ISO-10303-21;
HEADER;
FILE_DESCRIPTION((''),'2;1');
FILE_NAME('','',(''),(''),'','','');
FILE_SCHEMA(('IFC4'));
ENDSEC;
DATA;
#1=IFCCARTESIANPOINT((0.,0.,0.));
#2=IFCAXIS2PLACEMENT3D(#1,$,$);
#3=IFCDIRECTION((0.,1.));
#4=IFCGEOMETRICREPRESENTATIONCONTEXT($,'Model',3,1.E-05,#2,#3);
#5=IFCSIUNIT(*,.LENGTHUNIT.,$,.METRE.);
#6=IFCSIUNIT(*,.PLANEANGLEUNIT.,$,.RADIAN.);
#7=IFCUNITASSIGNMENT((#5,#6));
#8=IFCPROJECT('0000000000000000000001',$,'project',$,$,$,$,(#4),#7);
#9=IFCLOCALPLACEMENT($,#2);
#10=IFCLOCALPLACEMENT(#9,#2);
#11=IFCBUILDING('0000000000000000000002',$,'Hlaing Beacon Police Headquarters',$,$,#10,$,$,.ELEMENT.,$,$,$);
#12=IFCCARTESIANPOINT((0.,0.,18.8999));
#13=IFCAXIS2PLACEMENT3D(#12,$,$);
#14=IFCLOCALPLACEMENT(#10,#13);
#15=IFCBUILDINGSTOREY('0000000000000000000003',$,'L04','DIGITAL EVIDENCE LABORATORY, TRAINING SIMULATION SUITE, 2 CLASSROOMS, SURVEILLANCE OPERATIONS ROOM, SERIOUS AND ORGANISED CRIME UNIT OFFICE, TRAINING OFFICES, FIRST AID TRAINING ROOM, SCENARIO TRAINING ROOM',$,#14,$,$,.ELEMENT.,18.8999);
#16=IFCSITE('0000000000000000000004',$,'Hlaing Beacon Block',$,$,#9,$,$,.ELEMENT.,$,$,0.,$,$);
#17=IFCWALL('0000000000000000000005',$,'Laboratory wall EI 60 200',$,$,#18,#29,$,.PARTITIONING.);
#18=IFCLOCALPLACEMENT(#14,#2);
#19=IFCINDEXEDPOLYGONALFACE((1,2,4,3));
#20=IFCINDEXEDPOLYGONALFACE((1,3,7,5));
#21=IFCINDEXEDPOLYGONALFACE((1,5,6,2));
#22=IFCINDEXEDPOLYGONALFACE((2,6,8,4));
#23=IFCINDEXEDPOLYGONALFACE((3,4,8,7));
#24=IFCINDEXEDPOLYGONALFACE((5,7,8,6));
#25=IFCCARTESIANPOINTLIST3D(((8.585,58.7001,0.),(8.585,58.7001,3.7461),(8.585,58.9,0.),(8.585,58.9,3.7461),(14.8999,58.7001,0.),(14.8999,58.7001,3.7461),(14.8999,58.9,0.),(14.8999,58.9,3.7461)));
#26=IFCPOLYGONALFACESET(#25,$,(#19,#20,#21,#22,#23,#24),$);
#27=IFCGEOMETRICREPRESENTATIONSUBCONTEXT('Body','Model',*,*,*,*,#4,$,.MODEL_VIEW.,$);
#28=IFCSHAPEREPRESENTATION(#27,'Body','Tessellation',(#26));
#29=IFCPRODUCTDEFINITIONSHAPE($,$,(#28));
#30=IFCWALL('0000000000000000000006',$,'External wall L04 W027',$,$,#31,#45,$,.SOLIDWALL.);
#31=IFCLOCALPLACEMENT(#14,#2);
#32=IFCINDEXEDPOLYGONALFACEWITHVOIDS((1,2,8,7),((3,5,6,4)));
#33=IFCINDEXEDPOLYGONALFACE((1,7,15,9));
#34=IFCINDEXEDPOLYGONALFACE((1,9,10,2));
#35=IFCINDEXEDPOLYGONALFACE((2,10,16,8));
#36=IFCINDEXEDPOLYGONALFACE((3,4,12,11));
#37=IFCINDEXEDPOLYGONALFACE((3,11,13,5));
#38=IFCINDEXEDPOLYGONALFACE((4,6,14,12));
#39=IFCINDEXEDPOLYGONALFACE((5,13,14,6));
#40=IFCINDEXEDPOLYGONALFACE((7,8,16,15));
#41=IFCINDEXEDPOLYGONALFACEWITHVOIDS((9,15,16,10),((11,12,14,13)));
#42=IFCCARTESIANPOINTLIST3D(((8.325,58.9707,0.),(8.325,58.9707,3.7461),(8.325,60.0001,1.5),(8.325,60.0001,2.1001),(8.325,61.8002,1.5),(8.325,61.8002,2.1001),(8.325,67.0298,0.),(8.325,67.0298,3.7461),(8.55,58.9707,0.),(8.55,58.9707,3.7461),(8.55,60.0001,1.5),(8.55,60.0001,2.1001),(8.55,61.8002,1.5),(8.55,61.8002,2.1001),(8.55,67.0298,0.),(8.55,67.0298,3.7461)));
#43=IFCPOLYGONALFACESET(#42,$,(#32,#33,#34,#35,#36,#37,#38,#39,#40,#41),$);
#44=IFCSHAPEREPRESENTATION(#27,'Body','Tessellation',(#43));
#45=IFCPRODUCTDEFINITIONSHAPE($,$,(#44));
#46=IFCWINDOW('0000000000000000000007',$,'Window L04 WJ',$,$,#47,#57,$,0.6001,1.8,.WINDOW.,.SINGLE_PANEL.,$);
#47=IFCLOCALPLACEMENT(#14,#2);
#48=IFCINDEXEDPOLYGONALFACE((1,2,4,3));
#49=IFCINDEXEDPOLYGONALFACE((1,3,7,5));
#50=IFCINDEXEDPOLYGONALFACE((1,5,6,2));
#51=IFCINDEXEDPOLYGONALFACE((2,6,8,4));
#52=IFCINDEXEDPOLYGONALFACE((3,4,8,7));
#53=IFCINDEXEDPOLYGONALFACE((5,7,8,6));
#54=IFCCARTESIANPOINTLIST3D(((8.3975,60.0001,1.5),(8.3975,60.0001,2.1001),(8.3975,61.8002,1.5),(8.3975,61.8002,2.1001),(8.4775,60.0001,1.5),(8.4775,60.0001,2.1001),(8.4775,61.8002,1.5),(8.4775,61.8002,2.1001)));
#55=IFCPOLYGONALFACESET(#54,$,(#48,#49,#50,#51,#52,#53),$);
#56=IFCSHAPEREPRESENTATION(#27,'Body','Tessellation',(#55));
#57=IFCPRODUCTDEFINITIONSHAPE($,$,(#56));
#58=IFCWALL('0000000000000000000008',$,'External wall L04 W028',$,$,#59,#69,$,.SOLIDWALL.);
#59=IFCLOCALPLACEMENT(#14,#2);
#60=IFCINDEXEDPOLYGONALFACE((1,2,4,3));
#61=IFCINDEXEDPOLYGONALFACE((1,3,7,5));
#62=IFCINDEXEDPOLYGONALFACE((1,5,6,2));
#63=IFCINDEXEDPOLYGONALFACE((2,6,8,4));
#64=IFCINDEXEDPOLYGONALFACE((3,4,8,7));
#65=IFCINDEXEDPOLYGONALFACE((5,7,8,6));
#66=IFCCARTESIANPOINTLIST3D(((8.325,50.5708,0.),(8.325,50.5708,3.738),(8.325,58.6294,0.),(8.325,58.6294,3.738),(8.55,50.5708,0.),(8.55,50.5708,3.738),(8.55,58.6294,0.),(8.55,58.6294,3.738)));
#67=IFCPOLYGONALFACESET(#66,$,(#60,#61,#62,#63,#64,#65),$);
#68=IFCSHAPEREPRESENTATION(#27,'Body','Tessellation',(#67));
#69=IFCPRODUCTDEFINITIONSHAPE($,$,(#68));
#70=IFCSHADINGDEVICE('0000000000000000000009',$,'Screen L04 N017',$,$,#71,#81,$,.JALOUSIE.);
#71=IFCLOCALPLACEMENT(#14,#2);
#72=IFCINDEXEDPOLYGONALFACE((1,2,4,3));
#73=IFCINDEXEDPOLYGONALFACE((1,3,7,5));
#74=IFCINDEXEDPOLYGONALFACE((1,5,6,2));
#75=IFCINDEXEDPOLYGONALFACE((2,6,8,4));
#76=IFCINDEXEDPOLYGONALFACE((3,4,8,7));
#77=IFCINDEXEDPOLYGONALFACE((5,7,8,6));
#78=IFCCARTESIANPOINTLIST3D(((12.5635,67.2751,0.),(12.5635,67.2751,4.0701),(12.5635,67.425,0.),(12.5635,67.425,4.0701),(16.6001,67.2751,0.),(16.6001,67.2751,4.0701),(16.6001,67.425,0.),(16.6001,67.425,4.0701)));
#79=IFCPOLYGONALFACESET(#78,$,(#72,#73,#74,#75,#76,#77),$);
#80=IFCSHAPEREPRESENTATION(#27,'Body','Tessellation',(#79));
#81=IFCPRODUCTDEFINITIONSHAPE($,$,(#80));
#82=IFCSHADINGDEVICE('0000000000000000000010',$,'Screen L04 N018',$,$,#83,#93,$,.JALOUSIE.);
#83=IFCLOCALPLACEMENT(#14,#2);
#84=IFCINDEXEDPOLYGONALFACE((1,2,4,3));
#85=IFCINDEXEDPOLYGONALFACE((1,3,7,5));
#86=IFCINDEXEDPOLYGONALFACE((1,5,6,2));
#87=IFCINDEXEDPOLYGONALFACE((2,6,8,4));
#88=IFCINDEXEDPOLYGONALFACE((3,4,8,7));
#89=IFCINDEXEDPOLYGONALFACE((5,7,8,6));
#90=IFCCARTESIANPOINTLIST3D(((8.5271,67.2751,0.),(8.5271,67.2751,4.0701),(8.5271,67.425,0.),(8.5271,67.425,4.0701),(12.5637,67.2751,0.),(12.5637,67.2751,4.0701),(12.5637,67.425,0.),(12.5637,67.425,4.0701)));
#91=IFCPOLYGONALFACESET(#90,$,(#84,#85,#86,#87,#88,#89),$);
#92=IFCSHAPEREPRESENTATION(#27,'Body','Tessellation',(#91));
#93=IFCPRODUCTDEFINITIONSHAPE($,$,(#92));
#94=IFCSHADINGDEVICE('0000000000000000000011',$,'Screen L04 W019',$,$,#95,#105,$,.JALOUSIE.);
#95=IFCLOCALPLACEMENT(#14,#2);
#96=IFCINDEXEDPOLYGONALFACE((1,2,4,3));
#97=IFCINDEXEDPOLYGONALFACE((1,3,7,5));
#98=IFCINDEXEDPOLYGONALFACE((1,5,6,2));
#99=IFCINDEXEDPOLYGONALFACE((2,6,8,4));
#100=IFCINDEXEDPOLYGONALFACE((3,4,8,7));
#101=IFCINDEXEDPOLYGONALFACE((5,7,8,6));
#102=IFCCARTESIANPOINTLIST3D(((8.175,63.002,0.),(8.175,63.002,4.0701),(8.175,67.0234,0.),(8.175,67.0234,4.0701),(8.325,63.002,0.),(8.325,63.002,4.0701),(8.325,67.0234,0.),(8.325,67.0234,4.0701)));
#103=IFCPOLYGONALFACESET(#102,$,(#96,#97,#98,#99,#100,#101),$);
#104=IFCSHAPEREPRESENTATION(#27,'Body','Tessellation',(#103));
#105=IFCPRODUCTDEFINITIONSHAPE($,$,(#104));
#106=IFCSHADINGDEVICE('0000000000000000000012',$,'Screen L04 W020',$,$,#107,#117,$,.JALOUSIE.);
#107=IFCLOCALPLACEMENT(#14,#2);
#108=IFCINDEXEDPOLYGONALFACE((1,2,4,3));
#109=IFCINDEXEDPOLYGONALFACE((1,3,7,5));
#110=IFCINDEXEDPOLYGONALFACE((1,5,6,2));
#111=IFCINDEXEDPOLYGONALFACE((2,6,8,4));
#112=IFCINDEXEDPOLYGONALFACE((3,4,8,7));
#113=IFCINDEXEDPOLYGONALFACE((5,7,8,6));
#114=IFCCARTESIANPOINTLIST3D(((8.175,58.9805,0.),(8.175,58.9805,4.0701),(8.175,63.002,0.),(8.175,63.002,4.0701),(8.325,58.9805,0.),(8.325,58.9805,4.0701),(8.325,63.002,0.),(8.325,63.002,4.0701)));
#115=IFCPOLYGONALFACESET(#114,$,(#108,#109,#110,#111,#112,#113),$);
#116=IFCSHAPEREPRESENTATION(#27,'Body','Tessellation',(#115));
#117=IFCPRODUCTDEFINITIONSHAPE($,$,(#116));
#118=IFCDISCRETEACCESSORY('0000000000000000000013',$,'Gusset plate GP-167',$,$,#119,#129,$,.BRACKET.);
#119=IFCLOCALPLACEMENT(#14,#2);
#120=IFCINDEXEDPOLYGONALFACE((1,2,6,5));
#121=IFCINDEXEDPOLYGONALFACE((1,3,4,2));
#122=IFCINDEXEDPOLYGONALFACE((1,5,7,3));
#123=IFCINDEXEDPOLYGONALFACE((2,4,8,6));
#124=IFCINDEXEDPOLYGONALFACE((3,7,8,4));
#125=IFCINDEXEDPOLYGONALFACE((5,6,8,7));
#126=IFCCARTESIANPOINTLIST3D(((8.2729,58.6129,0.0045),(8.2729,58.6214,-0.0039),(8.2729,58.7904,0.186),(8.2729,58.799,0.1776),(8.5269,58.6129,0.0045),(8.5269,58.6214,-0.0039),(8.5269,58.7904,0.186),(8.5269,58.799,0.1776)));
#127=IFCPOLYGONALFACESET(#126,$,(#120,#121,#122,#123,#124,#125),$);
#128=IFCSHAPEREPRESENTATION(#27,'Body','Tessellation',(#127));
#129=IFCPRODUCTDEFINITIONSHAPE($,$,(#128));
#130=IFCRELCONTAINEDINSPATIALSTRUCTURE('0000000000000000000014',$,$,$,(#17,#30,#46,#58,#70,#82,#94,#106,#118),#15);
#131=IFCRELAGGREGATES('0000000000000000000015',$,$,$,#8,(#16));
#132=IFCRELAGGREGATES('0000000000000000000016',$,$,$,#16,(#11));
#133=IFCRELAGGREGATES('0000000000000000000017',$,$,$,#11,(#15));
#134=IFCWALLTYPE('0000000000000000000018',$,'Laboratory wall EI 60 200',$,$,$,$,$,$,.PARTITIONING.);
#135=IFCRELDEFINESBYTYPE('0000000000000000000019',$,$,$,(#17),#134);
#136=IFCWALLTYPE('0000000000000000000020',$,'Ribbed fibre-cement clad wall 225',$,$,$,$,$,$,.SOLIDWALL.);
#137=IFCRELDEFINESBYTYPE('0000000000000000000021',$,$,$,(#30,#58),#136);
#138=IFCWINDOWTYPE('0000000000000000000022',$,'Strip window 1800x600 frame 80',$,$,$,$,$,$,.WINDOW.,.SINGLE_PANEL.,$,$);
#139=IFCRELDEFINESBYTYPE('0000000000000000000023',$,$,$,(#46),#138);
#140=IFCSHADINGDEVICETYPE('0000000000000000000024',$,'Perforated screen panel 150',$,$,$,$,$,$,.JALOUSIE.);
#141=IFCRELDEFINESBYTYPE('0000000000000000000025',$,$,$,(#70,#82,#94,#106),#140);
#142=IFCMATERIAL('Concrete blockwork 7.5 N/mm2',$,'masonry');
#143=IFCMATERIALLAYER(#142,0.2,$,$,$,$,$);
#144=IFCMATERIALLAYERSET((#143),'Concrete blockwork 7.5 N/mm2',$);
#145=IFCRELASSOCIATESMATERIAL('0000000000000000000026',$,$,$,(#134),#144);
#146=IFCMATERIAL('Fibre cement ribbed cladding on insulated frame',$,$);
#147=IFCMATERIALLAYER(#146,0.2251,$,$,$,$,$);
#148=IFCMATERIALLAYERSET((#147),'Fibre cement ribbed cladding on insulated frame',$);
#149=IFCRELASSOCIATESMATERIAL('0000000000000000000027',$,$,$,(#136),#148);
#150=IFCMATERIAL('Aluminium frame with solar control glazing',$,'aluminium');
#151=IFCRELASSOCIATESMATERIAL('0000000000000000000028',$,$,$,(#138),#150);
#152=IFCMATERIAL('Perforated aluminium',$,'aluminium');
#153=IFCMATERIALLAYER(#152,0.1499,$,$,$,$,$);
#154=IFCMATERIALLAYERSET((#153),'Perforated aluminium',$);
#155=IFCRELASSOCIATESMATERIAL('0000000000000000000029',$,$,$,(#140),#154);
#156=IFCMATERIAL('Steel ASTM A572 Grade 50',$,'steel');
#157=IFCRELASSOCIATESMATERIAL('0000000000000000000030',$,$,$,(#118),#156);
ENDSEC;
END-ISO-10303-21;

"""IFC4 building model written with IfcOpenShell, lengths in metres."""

from ifc_helpers import new_model, si_unit, direction, frame, frame_2d, origin, origin_2d, place, context, subcontext, project, spatial, rectangle, extrude, material, layer, layer_set, type_object, element, fill, save


model = new_model("IFC4")

# Units and contexts
model_context = context("Model", 3, precision=1e-05, world=origin(), true_north=direction((0.0, 1.0)))
body_context = subcontext(model_context, "Body", "Model", "MODEL_VIEW")
ifc_project = project(units=[si_unit("LENGTHUNIT", "METRE"), si_unit("PLANEANGLEUNIT", "RADIAN")], contexts=[model_context])

# Site, building, storey
site_placement = place(None, origin())
site = spatial("IfcSite", under=ifc_project, at=site_placement, Name="Hlaing Beacon Block", CompositionType="ELEMENT", RefElevation=0.0)
building_placement = place(site_placement, origin())
building = spatial("IfcBuilding", under=site, at=building_placement, Name="Hlaing Beacon Police Headquarters", CompositionType="ELEMENT")
storey_placement = place(building_placement, frame((0.0, 0.0, 18.8999)))
storey = spatial("IfcBuildingStorey", under=building, at=storey_placement, Name="L04", Description="DIGITAL EVIDENCE LABORATORY, TRAINING SIMULATION SUITE, 2 CLASSROOMS, SURVEILLANCE OPERATIONS ROOM, SERIOUS AND ORGANISED CRIME UNIT OFFICE, TRAINING OFFICES, FIRST AID TRAINING ROOM, SCENARIO TRAINING ROOM", CompositionType="ELEMENT", Elevation=18.8999)

# Wall
ifc_material_1 = material(Name="Concrete blockwork 7.5 N/mm2", Category="masonry")
ifc_layer_1 = layer(ifc_material_1, 0.2)
ifc_layer_set_1 = layer_set([ifc_layer_1], Name="Concrete blockwork 7.5 N/mm2")
wall_type_1 = type_object("IfcWallType", Name="Laboratory wall EI 60 200", PredefinedType="PARTITIONING", material=ifc_layer_set_1)
wall_1_placement = place(storey_placement, frame((8.585, 58.8, 0.0), z_axis=(0.0, 0.0, 1.0), x_axis=(1.0, 0.0, 0.0)))
element("IfcWall", 1, at=wall_1_placement, inside=storey, type_object=wall_type_1, Name="Laboratory wall EI 60 200", PredefinedType="PARTITIONING", context=body_context, shape_type="SweptSolid", body=[
    extrude(rectangle(XDim=6.3149, YDim=0.2, at=frame_2d((3.1575, 0.0))), origin(), (0.0, 0.0, 1.0), 3.7461),
])

# Wall, opening, window
ifc_material_2 = material(Name="Fibre cement ribbed cladding on insulated frame")
ifc_layer_2 = layer(ifc_material_2, 0.2251)
ifc_layer_set_2 = layer_set([ifc_layer_2], Name="Fibre cement ribbed cladding on insulated frame")
wall_type_2 = type_object("IfcWallType", Name="Ribbed fibre-cement clad wall 225", PredefinedType="SOLIDWALL", material=ifc_layer_set_2)
wall_2_placement = place(storey_placement, frame((8.4375, 67.0298, 0.0), z_axis=(0.0, 0.0, 1.0), x_axis=(0.0, -1.0, 0.0)))
wall_2 = element("IfcWall", 2, at=wall_2_placement, inside=storey, type_object=wall_type_2, Name="External wall L04 W027", PredefinedType="SOLIDWALL", context=body_context, shape_type="SweptSolid", body=[
    extrude(rectangle(XDim=8.0591, YDim=0.2251, at=frame_2d((4.0295, 0.0))), origin(), (0.0, 0.0, 1.0), 3.7461),
])
opening_placement = place(wall_2_placement, frame((5.2297, 0.0, 1.5)))
opening = element("IfcOpeningElement", 3, at=opening_placement, cuts=wall_2, PredefinedType="OPENING", context=body_context, shape_type="SweptSolid", body=[
    extrude(rectangle(XDim=1.8, YDim=0.6001, at=frame_2d((0.8999, 0.3))), frame((0.0, 0.1226, 0.0), z_axis=(0.0, -1.0, 0.0), x_axis=(1.0, 0.0, 0.0)), (0.0, 0.0, 1.0), 0.2451),
])
ifc_material_3 = material(Name="Aluminium frame with solar control glazing", Category="aluminium")
window_type = type_object("IfcWindowType", Name="Strip window 1800x600 frame 80", PartitioningType="SINGLE_PANEL", PredefinedType="WINDOW", material=ifc_material_3)
window_placement = place(opening_placement, origin())
window = element("IfcWindow", 4, at=window_placement, inside=storey, type_object=window_type, Name="Window L04 WJ", OverallHeight=0.6001, OverallWidth=1.8, PartitioningType="SINGLE_PANEL", PredefinedType="WINDOW", context=body_context, shape_type="SweptSolid", body=[
    extrude(rectangle(XDim=1.8, YDim=0.6001, at=frame_2d((0.8999, 0.3))), frame((0.0, 0.04, 0.0), z_axis=(0.0, -1.0, 0.0), x_axis=(1.0, 0.0, 0.0)), (0.0, 0.0, 1.0), 0.0801),
])
fill(opening, window)

# Wall
wall_3_placement = place(storey_placement, frame((8.4375, 58.6294, 0.0), z_axis=(0.0, 0.0, 1.0), x_axis=(0.0, -1.0, 0.0)))
element("IfcWall", 5, at=wall_3_placement, inside=storey, type_object=wall_type_2, Name="External wall L04 W028", PredefinedType="SOLIDWALL", context=body_context, shape_type="SweptSolid", body=[
    extrude(rectangle(XDim=8.0586, YDim=0.2251, at=frame_2d((4.0293, 0.0))), origin(), (0.0, 0.0, 1.0), 3.738),
])

# Shading devices
ifc_material_4 = material(Name="Perforated aluminium", Category="aluminium")
ifc_layer_3 = layer(ifc_material_4, 0.1499)
ifc_layer_set_3 = layer_set([ifc_layer_3], Name="Perforated aluminium")
shading_device_type = type_object("IfcShadingDeviceType", Name="Perforated screen panel 150", PredefinedType="JALOUSIE", material=ifc_layer_set_3)
for number, where, z_axis, x_axis, name in (
    (6, (14.5818, 67.3501, 0.0), (0.0, 0.0, 1.0), (-1.0, 0.0, 0.0), "Screen L04 N017"),
    (7, (10.5454, 67.3501, 0.0), (0.0, 0.0, 1.0), (-1.0, 0.0, 0.0), "Screen L04 N018"),
):
    element("IfcShadingDevice", number, at=place(storey_placement, frame(where, z_axis=z_axis, x_axis=x_axis)), inside=storey, type_object=shading_device_type, Name=name, PredefinedType="JALOUSIE", context=body_context, shape_type="SweptSolid", body=[
        extrude(rectangle(XDim=4.0366, YDim=0.1499, at=origin_2d()), origin(), (0.0, 0.0, 1.0), 4.0701),
    ])
for number, where, z_axis, x_axis, name in (
    (8, (8.25, 65.0127, 0.0), (0.0, 0.0, 1.0), (0.0, -1.0, 0.0), "Screen L04 W019"),
    (9, (8.25, 60.9912, 0.0), (0.0, 0.0, 1.0), (0.0, -1.0, 0.0), "Screen L04 W020"),
):
    element("IfcShadingDevice", number, at=place(storey_placement, frame(where, z_axis=z_axis, x_axis=x_axis)), inside=storey, type_object=shading_device_type, Name=name, PredefinedType="JALOUSIE", context=body_context, shape_type="SweptSolid", body=[
        extrude(rectangle(XDim=4.0215, YDim=0.1499, at=origin_2d()), origin(), (0.0, 0.0, 1.0), 4.0701),
    ])

# Discrete accessory
ifc_material_5 = material(Name="Steel ASTM A572 Grade 50", Category="steel")
discrete_accessory_placement = place(storey_placement, frame((8.3999, 58.7017, 0.0952), z_axis=(0.0, 0.714838, -0.69929), x_axis=(-1.0, 0.0, 0.0)))
element("IfcDiscreteAccessory", 10, at=discrete_accessory_placement, inside=storey, material=ifc_material_5, Name="Gusset plate GP-167", PredefinedType="BRACKET", context=body_context, shape_type="SweptSolid", body=[
    extrude(rectangle(XDim=0.2539, YDim=0.2539, at=origin_2d()), origin(), (0.0, 0.0, 1.0), 0.012),
])

save(model, "model.ifc")
